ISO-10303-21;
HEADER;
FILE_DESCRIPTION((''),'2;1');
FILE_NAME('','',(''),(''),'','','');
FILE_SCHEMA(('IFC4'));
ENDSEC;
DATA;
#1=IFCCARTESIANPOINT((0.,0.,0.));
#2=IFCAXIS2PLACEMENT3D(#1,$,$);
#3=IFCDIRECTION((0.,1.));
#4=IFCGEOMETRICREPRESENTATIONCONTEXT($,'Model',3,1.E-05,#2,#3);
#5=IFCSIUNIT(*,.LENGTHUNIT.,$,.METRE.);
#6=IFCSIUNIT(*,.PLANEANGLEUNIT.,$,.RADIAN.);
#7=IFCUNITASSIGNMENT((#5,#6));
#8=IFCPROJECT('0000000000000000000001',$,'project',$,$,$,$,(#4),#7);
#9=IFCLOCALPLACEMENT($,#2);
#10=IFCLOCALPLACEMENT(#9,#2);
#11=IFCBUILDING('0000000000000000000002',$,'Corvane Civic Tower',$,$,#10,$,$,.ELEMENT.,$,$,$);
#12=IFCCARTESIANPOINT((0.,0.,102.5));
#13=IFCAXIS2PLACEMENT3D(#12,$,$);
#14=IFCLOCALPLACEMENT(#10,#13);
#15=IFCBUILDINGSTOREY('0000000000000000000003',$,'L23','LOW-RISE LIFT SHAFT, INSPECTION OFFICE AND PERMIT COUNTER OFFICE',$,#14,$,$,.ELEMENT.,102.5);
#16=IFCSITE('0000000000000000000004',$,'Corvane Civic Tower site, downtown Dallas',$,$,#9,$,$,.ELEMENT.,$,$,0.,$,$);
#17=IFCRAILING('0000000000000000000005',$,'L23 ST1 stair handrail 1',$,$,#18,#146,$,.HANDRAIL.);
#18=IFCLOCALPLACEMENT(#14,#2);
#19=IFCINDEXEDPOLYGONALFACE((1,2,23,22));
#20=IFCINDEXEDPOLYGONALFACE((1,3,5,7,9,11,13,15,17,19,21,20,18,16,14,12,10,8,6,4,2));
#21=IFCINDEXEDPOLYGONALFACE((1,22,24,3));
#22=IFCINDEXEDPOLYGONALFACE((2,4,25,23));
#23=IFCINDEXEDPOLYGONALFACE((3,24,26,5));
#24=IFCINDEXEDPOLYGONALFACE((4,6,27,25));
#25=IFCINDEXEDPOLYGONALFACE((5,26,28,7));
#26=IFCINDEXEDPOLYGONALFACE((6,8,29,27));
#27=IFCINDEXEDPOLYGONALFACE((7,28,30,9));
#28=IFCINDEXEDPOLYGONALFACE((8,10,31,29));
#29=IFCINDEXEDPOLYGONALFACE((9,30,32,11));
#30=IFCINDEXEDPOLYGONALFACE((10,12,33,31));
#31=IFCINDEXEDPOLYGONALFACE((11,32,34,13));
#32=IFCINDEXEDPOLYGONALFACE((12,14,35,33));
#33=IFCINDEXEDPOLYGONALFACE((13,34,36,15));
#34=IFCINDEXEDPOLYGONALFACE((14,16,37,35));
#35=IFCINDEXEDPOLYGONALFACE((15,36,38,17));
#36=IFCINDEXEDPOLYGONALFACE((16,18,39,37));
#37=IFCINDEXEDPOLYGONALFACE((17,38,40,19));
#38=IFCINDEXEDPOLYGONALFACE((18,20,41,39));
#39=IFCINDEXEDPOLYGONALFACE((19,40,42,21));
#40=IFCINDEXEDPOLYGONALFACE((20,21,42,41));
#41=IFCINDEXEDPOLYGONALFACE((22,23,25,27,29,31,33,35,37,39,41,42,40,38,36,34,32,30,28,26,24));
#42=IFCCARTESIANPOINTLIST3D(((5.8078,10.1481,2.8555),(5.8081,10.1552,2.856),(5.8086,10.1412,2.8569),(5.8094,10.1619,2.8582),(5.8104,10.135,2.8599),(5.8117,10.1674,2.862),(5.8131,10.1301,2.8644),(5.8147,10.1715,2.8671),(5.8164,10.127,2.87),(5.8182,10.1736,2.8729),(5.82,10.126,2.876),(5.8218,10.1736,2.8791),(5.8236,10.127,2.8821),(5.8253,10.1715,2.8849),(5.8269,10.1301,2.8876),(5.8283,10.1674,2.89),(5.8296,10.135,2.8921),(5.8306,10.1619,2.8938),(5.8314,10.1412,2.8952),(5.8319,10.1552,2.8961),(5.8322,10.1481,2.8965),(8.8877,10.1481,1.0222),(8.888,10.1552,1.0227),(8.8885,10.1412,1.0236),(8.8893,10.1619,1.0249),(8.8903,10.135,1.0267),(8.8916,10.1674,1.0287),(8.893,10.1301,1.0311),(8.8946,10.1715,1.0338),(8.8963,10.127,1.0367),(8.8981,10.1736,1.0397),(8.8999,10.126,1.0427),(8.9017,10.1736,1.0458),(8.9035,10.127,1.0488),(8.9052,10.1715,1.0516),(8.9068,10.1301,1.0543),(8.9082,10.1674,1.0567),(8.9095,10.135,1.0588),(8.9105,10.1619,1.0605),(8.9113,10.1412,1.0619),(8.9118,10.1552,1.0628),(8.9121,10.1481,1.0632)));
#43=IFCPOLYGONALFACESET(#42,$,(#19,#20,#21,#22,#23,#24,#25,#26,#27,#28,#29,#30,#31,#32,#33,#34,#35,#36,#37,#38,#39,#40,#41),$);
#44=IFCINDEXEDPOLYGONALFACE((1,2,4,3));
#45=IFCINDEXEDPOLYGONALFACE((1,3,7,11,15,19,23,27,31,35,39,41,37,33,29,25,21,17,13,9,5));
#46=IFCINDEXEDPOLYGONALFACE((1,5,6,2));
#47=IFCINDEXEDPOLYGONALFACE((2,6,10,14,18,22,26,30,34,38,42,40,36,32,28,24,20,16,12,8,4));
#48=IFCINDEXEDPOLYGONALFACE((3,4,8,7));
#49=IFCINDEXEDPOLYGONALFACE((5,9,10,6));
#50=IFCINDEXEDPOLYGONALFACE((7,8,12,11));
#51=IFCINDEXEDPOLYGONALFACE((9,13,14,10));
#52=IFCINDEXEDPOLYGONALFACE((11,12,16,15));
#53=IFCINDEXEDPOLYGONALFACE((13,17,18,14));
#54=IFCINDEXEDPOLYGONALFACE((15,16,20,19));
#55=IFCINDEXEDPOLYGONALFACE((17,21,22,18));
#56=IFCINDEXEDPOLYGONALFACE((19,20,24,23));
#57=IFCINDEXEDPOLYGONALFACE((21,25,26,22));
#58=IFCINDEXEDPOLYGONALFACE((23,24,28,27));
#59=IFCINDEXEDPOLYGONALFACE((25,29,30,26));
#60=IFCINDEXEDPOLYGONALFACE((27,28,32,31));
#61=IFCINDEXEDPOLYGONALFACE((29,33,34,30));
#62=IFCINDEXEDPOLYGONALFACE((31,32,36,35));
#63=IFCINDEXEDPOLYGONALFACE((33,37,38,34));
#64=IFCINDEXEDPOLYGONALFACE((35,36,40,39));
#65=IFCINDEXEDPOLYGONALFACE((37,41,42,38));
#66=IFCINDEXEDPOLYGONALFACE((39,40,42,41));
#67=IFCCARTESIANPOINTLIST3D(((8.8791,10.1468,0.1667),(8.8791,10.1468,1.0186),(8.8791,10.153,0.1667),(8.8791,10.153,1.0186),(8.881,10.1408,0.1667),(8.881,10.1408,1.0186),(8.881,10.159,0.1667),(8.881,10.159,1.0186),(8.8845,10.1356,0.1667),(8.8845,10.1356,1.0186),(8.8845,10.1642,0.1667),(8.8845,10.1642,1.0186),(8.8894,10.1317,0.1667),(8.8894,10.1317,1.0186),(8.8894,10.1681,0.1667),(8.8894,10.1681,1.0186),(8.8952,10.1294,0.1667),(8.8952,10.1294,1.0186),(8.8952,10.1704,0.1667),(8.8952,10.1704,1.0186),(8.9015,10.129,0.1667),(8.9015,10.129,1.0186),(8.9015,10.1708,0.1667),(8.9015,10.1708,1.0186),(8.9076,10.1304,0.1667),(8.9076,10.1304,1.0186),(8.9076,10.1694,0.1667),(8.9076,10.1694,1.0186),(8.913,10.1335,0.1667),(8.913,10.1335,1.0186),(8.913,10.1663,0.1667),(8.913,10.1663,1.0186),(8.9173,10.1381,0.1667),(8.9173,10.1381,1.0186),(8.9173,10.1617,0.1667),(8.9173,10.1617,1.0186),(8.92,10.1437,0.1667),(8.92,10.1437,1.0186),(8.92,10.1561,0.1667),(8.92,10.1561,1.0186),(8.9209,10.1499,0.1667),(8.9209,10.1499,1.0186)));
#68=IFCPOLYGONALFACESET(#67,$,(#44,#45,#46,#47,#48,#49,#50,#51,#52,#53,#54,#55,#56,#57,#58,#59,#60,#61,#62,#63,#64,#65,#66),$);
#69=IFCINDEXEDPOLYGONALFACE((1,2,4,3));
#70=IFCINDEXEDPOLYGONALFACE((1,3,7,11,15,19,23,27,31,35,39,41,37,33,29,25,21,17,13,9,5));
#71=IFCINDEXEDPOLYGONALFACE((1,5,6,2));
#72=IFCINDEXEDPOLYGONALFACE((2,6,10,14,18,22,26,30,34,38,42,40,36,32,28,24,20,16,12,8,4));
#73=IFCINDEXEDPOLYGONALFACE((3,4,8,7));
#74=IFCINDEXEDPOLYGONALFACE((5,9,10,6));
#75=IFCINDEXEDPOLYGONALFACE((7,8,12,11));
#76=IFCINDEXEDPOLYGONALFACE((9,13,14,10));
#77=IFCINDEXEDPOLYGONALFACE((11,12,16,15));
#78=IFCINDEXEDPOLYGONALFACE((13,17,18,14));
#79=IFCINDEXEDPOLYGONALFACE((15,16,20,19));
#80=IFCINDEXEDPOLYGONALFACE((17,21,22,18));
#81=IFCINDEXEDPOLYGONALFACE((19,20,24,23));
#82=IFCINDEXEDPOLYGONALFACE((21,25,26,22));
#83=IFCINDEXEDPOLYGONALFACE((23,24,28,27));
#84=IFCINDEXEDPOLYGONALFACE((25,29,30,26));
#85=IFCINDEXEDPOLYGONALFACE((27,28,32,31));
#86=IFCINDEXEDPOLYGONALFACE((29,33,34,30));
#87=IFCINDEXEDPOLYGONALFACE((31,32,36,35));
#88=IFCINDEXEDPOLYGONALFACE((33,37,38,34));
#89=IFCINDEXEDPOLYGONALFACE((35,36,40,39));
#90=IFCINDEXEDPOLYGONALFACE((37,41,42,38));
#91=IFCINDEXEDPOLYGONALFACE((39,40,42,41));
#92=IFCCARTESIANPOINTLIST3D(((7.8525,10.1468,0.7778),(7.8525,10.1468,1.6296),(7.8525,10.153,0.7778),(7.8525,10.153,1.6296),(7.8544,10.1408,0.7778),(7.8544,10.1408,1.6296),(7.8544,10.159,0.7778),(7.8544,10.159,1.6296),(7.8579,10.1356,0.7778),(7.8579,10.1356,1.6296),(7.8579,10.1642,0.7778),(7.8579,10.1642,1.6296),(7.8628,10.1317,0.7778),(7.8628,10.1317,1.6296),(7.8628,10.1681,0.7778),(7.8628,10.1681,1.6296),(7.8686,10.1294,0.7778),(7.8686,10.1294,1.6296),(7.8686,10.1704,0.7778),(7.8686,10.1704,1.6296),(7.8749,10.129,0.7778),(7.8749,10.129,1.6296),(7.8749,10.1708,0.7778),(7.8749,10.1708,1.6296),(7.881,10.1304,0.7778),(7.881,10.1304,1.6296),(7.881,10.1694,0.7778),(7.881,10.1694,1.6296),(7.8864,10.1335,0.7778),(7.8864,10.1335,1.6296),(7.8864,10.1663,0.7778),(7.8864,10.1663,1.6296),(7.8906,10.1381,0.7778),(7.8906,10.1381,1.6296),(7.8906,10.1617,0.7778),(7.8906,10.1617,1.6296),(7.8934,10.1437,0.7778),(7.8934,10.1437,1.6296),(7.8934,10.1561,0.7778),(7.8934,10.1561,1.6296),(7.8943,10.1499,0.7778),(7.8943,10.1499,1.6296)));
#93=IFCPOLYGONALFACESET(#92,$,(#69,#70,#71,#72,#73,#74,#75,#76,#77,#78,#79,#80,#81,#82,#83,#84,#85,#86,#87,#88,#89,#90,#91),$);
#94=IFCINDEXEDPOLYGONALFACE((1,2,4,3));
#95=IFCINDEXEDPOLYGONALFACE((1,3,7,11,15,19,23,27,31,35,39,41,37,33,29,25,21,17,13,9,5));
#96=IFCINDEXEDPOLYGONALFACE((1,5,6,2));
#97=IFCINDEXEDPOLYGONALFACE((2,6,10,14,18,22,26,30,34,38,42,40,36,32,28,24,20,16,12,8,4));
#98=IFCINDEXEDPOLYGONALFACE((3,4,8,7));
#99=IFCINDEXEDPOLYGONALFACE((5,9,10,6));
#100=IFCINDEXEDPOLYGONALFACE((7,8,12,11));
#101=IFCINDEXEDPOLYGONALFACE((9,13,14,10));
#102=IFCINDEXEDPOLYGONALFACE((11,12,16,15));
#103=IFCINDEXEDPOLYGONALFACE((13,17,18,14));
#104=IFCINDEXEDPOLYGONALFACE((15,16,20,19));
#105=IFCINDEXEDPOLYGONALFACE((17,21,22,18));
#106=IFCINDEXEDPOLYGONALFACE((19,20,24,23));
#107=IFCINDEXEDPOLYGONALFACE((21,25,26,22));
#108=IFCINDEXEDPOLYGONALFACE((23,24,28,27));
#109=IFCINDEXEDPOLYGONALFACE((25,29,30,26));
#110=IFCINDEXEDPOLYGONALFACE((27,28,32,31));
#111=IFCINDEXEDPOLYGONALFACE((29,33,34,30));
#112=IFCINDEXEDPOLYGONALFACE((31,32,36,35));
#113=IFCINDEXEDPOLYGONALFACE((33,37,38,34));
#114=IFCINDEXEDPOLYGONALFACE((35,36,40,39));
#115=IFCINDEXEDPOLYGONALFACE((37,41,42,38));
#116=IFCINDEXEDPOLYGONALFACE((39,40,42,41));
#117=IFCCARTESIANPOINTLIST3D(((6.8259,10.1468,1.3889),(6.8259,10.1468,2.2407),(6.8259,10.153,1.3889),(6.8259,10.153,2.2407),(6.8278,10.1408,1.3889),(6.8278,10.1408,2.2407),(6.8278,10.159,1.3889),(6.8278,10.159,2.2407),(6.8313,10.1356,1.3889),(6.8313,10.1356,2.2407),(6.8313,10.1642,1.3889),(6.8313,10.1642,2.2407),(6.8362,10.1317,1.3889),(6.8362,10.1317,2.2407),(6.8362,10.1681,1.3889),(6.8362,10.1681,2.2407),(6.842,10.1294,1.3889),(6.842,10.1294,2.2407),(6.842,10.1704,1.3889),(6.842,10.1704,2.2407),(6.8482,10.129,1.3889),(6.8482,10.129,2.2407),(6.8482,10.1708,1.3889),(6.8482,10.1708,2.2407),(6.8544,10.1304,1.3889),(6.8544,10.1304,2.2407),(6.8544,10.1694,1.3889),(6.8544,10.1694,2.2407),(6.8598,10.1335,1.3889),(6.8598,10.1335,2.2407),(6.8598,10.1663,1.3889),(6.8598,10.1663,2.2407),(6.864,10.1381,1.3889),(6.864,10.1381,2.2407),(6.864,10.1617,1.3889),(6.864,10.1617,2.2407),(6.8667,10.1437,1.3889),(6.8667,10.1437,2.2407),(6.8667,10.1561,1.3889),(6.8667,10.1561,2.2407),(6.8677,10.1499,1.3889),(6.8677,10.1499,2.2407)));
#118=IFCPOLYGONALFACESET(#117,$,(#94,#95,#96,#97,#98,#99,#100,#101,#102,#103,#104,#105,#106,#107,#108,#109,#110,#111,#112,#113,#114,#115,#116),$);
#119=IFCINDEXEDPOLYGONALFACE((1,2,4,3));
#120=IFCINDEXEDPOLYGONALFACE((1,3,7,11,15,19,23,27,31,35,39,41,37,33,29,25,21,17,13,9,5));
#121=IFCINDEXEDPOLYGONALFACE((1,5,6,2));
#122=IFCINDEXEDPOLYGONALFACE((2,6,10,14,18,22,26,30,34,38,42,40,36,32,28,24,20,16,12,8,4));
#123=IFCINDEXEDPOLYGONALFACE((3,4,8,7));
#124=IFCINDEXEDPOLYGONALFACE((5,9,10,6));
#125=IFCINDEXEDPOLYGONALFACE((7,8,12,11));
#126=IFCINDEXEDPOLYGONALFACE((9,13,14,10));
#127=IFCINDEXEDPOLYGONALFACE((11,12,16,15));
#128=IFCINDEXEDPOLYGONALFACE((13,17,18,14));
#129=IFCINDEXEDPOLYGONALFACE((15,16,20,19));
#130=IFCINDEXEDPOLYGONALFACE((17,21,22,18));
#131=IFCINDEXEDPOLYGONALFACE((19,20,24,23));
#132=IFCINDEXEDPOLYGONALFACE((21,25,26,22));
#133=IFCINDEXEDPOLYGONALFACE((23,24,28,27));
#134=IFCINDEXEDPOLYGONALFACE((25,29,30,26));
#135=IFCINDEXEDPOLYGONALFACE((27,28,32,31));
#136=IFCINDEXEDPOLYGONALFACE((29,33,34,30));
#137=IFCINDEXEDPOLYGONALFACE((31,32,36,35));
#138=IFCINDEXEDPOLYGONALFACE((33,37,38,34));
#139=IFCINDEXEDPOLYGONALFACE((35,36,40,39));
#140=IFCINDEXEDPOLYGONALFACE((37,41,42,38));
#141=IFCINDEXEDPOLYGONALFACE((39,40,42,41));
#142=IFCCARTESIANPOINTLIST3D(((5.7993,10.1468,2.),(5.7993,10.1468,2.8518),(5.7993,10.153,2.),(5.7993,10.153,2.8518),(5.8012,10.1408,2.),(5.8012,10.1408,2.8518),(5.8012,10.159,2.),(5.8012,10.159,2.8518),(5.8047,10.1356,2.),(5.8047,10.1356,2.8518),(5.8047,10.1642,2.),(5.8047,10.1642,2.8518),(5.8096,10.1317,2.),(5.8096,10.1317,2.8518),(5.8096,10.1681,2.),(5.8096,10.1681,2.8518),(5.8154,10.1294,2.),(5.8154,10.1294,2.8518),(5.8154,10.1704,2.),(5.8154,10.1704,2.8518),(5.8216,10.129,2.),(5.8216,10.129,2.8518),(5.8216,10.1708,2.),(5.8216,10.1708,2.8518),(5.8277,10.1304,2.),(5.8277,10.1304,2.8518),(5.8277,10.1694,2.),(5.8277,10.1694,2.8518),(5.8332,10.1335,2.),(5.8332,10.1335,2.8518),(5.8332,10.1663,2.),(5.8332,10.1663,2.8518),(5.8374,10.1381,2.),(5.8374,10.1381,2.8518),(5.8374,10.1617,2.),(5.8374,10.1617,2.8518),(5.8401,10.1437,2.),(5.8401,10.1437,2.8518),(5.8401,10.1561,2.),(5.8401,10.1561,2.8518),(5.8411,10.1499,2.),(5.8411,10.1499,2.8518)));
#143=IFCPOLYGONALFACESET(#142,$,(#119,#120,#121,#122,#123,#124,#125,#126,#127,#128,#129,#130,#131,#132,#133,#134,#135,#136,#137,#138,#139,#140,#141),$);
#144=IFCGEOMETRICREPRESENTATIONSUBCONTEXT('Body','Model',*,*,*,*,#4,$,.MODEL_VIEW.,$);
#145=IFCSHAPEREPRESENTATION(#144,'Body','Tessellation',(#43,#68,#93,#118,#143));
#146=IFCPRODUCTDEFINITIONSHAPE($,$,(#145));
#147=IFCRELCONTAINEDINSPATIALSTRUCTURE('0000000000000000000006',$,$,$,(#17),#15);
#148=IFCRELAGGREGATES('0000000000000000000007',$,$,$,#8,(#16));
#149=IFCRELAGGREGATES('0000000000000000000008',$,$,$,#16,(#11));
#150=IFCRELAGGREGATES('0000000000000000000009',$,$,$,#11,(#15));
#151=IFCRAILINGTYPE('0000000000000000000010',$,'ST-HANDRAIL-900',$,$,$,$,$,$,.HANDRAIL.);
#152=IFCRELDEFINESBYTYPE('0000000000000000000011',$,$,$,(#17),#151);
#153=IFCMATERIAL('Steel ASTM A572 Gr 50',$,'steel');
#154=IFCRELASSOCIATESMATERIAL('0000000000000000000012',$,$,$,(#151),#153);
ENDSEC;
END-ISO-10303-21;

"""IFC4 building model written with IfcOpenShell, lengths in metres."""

from ifc_helpers import new_model, si_unit, direction, frame, origin, origin_2d, place, context, subcontext, project, spatial, circle, extrude, material, type_object, element, save


model = new_model("IFC4")

# Units and contexts
model_context = context("Model", 3, precision=1e-05, world=origin(), true_north=direction((0.0, 1.0)))
body_context = subcontext(model_context, "Body", "Model", "MODEL_VIEW")
ifc_project = project(units=[si_unit("LENGTHUNIT", "METRE"), si_unit("PLANEANGLEUNIT", "RADIAN")], contexts=[model_context])

# Site, building, storey
site_placement = place(None, origin())
site = spatial("IfcSite", under=ifc_project, at=site_placement, Name="Corvane Civic Tower site, downtown Dallas", CompositionType="ELEMENT", RefElevation=0.0)
building_placement = place(site_placement, origin())
building = spatial("IfcBuilding", under=site, at=building_placement, Name="Corvane Civic Tower", CompositionType="ELEMENT")
storey_placement = place(building_placement, frame((0.0, 0.0, 102.5)))
storey = spatial("IfcBuildingStorey", under=building, at=storey_placement, Name="L23", Description="LOW-RISE LIFT SHAFT, INSPECTION OFFICE AND PERMIT COUNTER OFFICE", CompositionType="ELEMENT", Elevation=102.5)

# Railing
ifc_material_1 = material(Name="Steel ASTM A572 Gr 50", Category="steel")
railing_type_1 = type_object("IfcRailingType", Name="ST-HANDRAIL-900", PredefinedType="HANDRAIL", material=ifc_material_1)
railing_1_placement = place(storey_placement, frame((8.8999, 10.1499, 0.1667)))
element("IfcRailing", 1, at=railing_1_placement, inside=storey, type_object=railing_type_1, Name="L23 ST1 stair handrail 1", PredefinedType="HANDRAIL", context=body_context, shape_type="SweptSolid", body=[
    extrude(circle(Radius=0.0239, at=origin_2d()), frame((0.0, 0.0, 0.876), z_axis=(-0.859291, 0.0, 0.511487), x_axis=(0.0, -1.0, 0.0)), (0.0, 0.0, 1.0), 3.5842),
    extrude(circle(Radius=0.021, at=origin_2d()), origin(), (0.0, 0.0, 1.0), 0.8518),
    extrude(circle(Radius=0.021, at=origin_2d()), frame((-1.0266, 0.0, 0.6111)), (0.0, 0.0, 1.0), 0.8518),
    extrude(circle(Radius=0.021, at=origin_2d()), frame((-2.0532, 0.0, 1.2222)), (0.0, 0.0, 1.0), 0.8518),
    extrude(circle(Radius=0.021, at=origin_2d()), frame((-3.0798, 0.0, 1.8333)), (0.0, 0.0, 1.0), 0.8518),
])

save(model, "model.ifc")
